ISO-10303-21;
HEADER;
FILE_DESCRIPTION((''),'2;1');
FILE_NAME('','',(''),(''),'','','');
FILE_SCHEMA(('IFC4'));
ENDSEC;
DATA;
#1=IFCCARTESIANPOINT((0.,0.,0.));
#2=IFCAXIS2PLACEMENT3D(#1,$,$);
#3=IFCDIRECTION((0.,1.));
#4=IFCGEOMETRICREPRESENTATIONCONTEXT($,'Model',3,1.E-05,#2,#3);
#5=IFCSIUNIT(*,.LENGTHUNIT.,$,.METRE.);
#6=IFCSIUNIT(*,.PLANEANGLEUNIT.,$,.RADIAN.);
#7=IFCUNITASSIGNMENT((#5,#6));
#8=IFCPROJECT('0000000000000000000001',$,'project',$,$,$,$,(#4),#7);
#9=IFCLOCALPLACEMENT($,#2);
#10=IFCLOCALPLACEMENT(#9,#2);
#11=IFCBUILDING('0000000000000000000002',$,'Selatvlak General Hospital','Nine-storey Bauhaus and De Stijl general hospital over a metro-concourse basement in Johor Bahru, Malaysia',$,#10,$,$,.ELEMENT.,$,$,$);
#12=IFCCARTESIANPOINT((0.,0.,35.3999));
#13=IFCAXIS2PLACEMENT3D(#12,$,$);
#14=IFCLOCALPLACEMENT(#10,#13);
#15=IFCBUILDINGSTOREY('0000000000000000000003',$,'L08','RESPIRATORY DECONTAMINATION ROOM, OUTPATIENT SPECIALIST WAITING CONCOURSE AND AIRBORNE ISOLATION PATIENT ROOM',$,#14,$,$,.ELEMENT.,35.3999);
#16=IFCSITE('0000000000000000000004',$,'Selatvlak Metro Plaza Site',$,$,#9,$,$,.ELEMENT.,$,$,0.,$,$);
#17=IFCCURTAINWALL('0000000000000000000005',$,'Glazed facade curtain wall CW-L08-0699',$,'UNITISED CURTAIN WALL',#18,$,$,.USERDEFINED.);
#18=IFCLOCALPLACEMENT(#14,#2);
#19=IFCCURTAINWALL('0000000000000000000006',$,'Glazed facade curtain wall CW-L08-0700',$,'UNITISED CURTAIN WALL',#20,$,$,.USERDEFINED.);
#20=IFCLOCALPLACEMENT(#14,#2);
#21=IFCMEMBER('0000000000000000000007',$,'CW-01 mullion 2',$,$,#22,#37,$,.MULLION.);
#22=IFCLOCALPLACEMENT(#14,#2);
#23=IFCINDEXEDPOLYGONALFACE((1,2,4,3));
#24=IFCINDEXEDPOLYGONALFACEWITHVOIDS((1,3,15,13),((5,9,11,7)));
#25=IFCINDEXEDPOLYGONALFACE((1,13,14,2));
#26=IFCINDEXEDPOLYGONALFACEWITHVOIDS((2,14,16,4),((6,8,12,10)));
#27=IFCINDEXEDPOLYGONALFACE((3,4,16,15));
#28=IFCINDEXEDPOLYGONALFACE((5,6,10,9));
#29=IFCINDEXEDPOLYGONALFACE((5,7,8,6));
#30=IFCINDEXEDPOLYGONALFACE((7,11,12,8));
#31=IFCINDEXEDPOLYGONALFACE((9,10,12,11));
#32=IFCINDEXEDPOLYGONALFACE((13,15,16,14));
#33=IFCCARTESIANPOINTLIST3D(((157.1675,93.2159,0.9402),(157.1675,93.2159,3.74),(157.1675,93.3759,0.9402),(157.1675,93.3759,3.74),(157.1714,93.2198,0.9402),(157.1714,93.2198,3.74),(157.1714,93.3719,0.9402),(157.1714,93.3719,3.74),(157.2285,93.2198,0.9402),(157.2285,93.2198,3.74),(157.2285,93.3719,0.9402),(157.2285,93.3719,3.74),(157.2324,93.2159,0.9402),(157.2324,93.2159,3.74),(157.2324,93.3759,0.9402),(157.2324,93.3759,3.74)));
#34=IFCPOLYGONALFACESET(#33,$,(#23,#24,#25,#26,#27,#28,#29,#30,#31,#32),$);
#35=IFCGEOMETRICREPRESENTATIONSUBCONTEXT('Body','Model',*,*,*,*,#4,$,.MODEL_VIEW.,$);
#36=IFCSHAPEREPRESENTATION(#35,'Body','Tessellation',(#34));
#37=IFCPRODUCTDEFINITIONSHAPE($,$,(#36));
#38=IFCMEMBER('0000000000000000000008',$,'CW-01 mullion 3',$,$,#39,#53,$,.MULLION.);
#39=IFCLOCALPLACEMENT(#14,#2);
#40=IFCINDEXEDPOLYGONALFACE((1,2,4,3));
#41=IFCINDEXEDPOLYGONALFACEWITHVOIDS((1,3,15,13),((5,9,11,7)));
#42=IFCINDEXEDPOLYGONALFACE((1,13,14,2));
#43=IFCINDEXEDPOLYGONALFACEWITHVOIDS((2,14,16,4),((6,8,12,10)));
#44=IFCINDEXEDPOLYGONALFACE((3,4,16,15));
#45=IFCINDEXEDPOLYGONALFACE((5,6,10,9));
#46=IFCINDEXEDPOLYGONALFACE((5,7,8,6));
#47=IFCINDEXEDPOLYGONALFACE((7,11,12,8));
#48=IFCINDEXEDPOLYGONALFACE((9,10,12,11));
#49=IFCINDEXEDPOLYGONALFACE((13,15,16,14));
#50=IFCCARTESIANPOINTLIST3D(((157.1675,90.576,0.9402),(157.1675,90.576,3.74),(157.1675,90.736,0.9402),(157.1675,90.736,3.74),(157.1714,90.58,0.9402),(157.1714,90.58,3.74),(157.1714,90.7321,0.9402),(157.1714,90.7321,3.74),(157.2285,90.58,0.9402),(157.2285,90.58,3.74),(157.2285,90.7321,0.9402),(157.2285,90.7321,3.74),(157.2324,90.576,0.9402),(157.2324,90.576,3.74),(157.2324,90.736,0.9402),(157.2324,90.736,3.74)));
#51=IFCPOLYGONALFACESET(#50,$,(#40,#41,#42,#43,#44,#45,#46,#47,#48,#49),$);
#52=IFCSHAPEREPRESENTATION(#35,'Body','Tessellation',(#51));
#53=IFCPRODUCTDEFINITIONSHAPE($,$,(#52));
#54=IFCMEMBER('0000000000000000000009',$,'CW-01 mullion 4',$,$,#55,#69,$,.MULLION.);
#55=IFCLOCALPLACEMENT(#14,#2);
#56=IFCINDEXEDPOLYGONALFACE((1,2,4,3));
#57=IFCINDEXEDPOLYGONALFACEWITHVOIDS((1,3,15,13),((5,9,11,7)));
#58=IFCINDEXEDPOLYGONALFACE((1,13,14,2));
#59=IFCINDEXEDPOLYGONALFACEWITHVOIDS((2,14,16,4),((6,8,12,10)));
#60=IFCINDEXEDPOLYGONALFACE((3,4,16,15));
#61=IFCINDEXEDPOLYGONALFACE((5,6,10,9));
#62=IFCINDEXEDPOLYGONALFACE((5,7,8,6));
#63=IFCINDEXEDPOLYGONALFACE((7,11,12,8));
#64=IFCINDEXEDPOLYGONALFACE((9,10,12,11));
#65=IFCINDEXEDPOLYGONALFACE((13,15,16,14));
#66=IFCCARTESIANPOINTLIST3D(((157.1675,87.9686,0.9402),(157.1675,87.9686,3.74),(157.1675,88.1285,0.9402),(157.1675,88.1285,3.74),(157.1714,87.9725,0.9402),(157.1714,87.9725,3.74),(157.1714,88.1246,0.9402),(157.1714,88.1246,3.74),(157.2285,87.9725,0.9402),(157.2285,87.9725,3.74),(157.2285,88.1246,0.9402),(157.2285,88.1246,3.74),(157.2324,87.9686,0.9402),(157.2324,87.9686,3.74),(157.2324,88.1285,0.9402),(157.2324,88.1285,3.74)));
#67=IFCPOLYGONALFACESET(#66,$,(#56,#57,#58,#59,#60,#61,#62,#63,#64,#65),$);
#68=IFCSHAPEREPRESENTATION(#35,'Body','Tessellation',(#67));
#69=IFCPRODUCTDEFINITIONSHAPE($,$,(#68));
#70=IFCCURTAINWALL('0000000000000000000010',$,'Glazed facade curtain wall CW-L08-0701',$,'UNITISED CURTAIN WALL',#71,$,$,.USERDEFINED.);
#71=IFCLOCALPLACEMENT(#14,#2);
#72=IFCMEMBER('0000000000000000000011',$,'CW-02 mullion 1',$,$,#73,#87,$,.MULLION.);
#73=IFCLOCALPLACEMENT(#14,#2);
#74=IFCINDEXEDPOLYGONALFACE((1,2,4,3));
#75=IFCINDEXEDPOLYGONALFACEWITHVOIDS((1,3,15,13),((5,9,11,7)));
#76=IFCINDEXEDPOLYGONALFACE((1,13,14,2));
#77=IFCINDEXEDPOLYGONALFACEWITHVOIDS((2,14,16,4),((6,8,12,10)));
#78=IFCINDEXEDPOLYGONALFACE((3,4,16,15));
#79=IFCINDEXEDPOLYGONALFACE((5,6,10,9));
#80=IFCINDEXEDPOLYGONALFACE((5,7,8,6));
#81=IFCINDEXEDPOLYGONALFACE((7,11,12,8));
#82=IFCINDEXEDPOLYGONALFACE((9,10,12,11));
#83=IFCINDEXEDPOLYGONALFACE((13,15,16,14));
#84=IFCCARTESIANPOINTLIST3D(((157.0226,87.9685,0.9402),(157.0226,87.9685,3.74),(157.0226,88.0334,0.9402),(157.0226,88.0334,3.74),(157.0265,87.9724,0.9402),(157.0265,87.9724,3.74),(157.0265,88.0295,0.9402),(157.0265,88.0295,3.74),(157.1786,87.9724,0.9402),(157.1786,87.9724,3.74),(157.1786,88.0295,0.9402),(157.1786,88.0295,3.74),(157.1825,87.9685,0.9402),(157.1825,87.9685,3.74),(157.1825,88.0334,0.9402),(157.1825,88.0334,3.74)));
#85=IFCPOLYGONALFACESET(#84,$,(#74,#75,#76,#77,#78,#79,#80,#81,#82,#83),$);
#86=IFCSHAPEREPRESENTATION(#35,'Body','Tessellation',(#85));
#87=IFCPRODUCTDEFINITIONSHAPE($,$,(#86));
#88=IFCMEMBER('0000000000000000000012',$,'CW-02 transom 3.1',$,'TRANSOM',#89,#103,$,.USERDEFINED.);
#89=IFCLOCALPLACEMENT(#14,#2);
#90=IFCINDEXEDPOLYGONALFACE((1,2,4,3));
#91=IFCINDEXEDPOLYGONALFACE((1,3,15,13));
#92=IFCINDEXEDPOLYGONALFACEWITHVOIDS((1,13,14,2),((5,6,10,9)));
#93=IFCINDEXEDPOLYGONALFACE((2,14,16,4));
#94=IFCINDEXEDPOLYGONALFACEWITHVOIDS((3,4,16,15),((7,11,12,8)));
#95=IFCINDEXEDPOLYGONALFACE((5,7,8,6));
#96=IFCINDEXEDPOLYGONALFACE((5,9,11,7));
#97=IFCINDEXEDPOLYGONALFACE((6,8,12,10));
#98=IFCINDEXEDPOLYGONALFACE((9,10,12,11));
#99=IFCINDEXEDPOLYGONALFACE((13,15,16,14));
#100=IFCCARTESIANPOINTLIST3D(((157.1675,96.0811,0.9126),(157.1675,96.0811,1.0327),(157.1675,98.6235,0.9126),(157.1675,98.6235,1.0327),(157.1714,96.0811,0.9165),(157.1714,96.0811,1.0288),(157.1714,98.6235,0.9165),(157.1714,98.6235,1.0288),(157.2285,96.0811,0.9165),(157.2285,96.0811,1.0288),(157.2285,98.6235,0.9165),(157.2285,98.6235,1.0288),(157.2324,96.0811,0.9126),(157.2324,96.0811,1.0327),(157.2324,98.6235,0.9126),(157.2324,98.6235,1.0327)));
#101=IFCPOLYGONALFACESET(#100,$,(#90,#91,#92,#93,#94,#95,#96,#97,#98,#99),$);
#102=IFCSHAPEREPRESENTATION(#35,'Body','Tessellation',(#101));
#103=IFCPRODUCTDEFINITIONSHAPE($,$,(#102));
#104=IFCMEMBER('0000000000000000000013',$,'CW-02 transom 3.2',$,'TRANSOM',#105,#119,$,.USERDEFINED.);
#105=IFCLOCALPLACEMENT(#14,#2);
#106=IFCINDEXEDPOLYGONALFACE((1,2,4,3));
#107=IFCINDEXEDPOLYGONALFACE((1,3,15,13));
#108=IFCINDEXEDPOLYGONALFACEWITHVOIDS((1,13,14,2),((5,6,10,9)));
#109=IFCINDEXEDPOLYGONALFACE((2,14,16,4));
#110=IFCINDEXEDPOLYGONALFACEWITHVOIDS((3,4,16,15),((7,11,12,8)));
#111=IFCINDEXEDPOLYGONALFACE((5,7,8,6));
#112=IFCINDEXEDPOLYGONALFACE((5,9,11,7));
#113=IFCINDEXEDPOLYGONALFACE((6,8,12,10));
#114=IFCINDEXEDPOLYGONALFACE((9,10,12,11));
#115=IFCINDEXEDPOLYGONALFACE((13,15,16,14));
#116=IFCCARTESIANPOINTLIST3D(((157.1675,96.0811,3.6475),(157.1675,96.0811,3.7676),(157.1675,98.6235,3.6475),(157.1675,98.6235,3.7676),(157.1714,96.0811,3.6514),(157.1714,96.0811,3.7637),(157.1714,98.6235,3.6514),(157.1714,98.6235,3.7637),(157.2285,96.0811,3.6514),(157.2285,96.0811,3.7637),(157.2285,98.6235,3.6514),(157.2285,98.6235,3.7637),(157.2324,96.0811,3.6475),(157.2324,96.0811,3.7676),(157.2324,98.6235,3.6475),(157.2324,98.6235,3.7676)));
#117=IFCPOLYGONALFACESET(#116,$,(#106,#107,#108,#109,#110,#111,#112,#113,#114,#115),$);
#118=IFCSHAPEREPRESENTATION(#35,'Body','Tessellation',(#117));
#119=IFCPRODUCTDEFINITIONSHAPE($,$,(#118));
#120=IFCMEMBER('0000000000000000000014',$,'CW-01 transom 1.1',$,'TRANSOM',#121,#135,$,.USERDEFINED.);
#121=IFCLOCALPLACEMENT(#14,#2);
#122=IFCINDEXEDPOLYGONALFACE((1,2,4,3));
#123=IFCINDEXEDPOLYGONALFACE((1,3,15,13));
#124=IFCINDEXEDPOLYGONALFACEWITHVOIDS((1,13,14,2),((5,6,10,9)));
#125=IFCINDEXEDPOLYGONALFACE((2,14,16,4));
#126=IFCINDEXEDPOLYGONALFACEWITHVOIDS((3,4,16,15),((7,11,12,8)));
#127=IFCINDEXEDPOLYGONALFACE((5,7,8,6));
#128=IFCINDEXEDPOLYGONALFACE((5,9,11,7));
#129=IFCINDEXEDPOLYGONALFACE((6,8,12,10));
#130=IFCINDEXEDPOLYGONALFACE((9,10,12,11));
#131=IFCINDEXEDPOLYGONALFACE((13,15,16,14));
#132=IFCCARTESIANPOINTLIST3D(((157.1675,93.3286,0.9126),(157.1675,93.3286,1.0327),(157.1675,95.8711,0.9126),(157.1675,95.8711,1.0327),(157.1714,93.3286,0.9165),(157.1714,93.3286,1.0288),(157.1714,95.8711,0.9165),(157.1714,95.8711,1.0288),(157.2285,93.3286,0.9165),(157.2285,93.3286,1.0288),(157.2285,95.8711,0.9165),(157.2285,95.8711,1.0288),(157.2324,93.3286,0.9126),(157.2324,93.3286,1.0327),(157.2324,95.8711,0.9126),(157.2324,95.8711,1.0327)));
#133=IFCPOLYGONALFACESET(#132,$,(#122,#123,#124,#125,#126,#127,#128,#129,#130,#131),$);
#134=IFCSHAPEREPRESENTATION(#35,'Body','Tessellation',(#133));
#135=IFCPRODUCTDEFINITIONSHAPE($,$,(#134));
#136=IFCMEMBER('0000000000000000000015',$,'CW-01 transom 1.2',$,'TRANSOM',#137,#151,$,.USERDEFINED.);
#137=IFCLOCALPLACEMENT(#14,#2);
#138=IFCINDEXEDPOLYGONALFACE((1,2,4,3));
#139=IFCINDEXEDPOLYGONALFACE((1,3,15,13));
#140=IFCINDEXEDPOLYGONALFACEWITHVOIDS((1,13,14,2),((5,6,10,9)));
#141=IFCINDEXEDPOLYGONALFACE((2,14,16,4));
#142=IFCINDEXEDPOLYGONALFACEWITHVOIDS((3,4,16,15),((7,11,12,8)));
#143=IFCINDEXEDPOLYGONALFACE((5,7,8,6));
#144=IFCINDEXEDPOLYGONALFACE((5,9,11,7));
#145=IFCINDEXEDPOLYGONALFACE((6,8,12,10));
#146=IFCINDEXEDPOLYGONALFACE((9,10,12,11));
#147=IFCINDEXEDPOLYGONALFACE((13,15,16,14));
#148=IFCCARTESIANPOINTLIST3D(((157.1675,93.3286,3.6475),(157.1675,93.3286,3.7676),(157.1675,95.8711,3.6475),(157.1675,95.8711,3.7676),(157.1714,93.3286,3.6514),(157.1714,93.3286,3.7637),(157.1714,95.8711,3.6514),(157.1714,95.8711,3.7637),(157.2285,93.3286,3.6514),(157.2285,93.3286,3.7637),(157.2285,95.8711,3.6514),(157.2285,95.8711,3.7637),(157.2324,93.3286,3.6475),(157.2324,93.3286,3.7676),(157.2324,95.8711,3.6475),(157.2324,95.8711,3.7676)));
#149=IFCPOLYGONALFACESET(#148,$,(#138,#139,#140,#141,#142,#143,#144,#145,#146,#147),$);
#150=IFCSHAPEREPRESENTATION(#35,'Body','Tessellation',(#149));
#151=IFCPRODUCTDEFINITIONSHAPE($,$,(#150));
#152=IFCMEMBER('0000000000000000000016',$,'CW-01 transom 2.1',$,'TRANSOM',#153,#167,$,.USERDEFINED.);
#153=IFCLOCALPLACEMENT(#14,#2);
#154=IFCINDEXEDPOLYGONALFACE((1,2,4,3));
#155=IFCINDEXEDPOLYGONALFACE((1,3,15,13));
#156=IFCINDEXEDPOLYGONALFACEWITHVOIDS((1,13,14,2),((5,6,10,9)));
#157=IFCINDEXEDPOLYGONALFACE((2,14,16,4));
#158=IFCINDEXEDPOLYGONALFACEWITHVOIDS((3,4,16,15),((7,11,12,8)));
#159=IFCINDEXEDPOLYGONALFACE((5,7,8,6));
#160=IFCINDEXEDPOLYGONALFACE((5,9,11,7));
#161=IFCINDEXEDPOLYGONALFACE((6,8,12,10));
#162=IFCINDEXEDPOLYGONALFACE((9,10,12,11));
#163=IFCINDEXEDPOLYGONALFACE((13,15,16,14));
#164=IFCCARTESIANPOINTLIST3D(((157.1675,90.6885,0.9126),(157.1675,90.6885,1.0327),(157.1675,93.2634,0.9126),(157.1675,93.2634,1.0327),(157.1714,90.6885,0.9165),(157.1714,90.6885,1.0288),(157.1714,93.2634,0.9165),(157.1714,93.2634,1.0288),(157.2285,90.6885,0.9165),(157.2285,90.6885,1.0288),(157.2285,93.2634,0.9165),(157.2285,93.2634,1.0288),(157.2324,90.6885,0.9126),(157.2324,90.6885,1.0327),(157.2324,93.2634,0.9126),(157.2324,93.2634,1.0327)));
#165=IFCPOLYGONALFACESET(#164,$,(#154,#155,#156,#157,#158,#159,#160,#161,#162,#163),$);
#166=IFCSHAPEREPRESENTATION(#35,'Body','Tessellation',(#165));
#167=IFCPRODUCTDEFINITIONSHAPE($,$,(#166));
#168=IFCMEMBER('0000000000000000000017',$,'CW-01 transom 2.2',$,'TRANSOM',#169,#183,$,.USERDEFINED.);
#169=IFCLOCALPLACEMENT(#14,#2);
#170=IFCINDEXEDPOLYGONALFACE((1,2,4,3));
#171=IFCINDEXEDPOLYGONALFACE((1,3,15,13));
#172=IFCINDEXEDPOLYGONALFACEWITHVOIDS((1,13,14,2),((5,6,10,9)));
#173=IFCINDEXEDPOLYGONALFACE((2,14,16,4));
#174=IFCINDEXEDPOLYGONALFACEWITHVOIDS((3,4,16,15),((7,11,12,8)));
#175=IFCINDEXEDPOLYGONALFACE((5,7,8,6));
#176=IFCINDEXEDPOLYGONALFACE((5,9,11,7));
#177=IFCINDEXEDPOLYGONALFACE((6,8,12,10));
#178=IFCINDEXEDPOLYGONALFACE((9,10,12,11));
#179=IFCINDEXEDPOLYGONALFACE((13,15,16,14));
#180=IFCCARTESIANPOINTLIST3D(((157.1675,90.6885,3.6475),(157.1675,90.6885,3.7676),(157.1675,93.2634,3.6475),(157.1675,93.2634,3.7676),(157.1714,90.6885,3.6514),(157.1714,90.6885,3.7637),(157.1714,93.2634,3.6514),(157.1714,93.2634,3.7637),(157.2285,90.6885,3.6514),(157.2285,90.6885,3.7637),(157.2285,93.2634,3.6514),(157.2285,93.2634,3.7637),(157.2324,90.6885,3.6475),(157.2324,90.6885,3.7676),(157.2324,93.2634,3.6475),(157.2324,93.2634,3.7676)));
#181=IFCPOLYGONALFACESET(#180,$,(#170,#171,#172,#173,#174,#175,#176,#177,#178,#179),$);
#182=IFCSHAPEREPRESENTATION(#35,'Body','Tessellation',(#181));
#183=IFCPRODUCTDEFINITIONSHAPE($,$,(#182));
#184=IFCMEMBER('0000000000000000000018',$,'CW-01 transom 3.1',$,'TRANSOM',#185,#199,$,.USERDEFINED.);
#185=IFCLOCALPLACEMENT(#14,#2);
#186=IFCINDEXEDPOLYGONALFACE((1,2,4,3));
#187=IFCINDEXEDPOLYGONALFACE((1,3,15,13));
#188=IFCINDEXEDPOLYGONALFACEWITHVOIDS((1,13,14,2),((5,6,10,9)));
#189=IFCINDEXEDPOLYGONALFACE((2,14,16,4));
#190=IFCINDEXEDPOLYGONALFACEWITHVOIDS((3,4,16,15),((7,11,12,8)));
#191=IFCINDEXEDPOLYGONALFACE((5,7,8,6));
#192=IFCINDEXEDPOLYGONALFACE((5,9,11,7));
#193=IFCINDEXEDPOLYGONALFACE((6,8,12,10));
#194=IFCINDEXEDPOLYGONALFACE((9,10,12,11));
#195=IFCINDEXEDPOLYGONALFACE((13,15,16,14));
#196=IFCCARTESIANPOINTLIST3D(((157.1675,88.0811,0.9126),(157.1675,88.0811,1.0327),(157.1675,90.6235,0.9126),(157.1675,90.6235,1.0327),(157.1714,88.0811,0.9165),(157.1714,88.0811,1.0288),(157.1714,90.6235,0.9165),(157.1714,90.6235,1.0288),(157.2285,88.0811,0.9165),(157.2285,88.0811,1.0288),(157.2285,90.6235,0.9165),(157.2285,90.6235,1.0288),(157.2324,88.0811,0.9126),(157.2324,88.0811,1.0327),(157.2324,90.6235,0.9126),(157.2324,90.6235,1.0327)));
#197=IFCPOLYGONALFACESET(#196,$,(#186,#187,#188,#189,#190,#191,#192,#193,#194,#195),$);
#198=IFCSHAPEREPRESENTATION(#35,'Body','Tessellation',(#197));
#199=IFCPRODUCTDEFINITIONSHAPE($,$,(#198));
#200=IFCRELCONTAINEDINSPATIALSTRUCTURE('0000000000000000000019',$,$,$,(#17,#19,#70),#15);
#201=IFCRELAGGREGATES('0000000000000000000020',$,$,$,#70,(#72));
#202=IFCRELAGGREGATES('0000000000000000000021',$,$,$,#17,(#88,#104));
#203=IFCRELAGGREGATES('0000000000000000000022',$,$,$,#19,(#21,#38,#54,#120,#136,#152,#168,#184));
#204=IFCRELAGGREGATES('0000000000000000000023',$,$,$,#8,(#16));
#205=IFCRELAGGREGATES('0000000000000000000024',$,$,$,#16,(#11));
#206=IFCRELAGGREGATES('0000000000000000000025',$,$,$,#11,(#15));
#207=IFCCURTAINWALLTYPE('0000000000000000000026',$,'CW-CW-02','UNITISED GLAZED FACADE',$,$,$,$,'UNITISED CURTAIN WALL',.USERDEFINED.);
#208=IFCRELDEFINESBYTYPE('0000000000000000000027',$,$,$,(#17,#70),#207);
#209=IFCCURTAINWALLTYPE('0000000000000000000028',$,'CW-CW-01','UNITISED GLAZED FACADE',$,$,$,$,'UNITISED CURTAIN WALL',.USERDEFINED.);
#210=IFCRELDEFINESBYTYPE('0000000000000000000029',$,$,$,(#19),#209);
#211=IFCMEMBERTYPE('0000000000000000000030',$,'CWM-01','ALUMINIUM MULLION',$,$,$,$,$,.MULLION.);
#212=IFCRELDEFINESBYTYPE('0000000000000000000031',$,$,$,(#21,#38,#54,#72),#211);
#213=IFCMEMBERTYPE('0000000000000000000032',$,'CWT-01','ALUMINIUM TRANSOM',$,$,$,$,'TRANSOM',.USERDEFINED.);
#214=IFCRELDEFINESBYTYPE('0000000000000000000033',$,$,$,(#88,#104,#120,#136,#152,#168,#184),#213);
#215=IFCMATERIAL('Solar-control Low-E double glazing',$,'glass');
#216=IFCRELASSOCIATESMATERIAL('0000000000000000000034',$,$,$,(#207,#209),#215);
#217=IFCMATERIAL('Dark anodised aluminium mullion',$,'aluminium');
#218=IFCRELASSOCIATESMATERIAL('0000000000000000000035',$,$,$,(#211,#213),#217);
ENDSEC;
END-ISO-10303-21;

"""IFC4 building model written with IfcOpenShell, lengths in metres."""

from ifc_helpers import new_model, si_unit, direction, frame, origin, origin_2d, place, context, subcontext, project, spatial, hollow_rectangle, extrude, material, material_profile, profile_set, type_object, element, aggregate, save


model = new_model("IFC4")

# Units and contexts
model_context = context("Model", 3, precision=1e-05, world=origin(), true_north=direction((0.0, 1.0)))
body_context = subcontext(model_context, "Body", "Model", "MODEL_VIEW")
ifc_project = project(units=[si_unit("LENGTHUNIT", "METRE"), si_unit("PLANEANGLEUNIT", "RADIAN")], contexts=[model_context])

# Site, building, storey
site_placement = place(None, origin())
site = spatial("IfcSite", under=ifc_project, at=site_placement, Name="Selatvlak Metro Plaza Site", CompositionType="ELEMENT", RefElevation=0.0)
building_placement = place(site_placement, origin())
building = spatial("IfcBuilding", under=site, at=building_placement, Name="Selatvlak General Hospital", Description="Nine-storey Bauhaus and De Stijl general hospital over a metro-concourse basement in Johor Bahru, Malaysia", CompositionType="ELEMENT")
storey_placement = place(building_placement, frame((0.0, 0.0, 35.3999)))
storey = spatial("IfcBuildingStorey", under=building, at=storey_placement, Name="L08", Description="RESPIRATORY DECONTAMINATION ROOM, OUTPATIENT SPECIALIST WAITING CONCOURSE AND AIRBORNE ISOLATION PATIENT ROOM", CompositionType="ELEMENT", Elevation=35.3999)

# Curtain walls, members
ifc_material_1 = material(Name="Solar-control Low-E double glazing", Category="glass")
curtain_wall_type_1 = type_object("IfcCurtainWallType", Name="CW-CW-02", Description="UNITISED GLAZED FACADE", ElementType="UNITISED CURTAIN WALL", PredefinedType="USERDEFINED", material=ifc_material_1)
curtain_wall_1_placement = place(storey_placement, origin())
curtain_wall_1 = element("IfcCurtainWall", 1, at=curtain_wall_1_placement, inside=storey, type_object=curtain_wall_type_1, Name="Glazed facade curtain wall CW-L08-0699", ObjectType="UNITISED CURTAIN WALL", PredefinedType="USERDEFINED")
ifc_material_2 = material(Name="Dark anodised aluminium mullion", Category="aluminium")
ifc_material_profile_1 = material_profile(ifc_material_2, hollow_rectangle(XDim=0.0649, YDim=0.1599, WallThickness=0.0039, at=origin_2d()), Name="AL-MUL 65x160x4")
ifc_profile_set_1 = profile_set([ifc_material_profile_1], Name="Dark anodised aluminium mullion")
member_type_1 = type_object("IfcMemberType", Name="CWM-01", Description="ALUMINIUM MULLION", PredefinedType="MULLION", material=ifc_profile_set_1)
curtain_wall_type_2 = type_object("IfcCurtainWallType", Name="CW-CW-01", Description="UNITISED GLAZED FACADE", ElementType="UNITISED CURTAIN WALL", PredefinedType="USERDEFINED", material=ifc_material_1)
curtain_wall_2_placement = place(storey_placement, origin())
curtain_wall_2 = element("IfcCurtainWall", 2, at=curtain_wall_2_placement, inside=storey, type_object=curtain_wall_type_2, Name="Glazed facade curtain wall CW-L08-0700", ObjectType="UNITISED CURTAIN WALL", PredefinedType="USERDEFINED")
member_1_placement = place(storey_placement, frame((157.2, 93.2959, 0.9402), z_axis=(0.0, 0.0, 1.0), x_axis=(1.0, 0.0, 0.0)))
member_1 = element("IfcMember", 3, at=member_1_placement, type_object=member_type_1, Name="CW-01 mullion 2", PredefinedType="MULLION", context=body_context, shape_type="SweptSolid", body=[
    extrude(hollow_rectangle(XDim=0.0649, YDim=0.1599, WallThickness=0.0039, at=origin_2d()), origin(), (0.0, 0.0, 1.0), 2.7998),
])
member_2_placement = place(storey_placement, frame((157.2, 90.656, 0.9402), z_axis=(0.0, 0.0, 1.0), x_axis=(1.0, 0.0, 0.0)))
member_2 = element("IfcMember", 4, at=member_2_placement, type_object=member_type_1, Name="CW-01 mullion 3", PredefinedType="MULLION", context=body_context, shape_type="SweptSolid", body=[
    extrude(hollow_rectangle(XDim=0.0649, YDim=0.1599, WallThickness=0.0039, at=origin_2d()), origin(), (0.0, 0.0, 1.0), 2.7998),
])
member_3_placement = place(storey_placement, frame((157.2, 88.0486, 0.9402), z_axis=(0.0, 0.0, 1.0), x_axis=(1.0, 0.0, 0.0)))
member_3 = element("IfcMember", 5, at=member_3_placement, type_object=member_type_1, Name="CW-01 mullion 4", PredefinedType="MULLION", context=body_context, shape_type="SweptSolid", body=[
    extrude(hollow_rectangle(XDim=0.0649, YDim=0.1599, WallThickness=0.0039, at=origin_2d()), origin(), (0.0, 0.0, 1.0), 2.7998),
])

# Curtain wall, member
curtain_wall_3_placement = place(storey_placement, origin())
curtain_wall_3 = element("IfcCurtainWall", 6, at=curtain_wall_3_placement, inside=storey, type_object=curtain_wall_type_1, Name="Glazed facade curtain wall CW-L08-0701", ObjectType="UNITISED CURTAIN WALL", PredefinedType="USERDEFINED")
member_4_placement = place(storey_placement, frame((157.1025, 88.001, 0.9402), z_axis=(0.0, 0.0, 1.0), x_axis=(0.0, -1.0, 0.0)))
member_4 = element("IfcMember", 7, at=member_4_placement, type_object=member_type_1, Name="CW-02 mullion 1", PredefinedType="MULLION", context=body_context, shape_type="SweptSolid", body=[
    extrude(hollow_rectangle(XDim=0.0649, YDim=0.1599, WallThickness=0.0039, at=origin_2d()), origin(), (0.0, 0.0, 1.0), 2.7998),
])

# Members
ifc_material_profile_2 = material_profile(ifc_material_2, hollow_rectangle(XDim=0.0649, YDim=0.1201, WallThickness=0.0039, at=origin_2d()), Name="AL-TRN 65x120x4")
ifc_profile_set_2 = profile_set([ifc_material_profile_2], Name="Dark anodised aluminium mullion")
member_type_2 = type_object("IfcMemberType", Name="CWT-01", Description="ALUMINIUM TRANSOM", ElementType="TRANSOM", PredefinedType="USERDEFINED", material=ifc_profile_set_2)
member_5_placement = place(storey_placement, frame((157.2, 98.6235, 0.9727), z_axis=(0.0, -1.0, 0.0), x_axis=(1.0, 0.0, 0.0)))
member_5 = element("IfcMember", 8, at=member_5_placement, type_object=member_type_2, Name="CW-02 transom 3.1", ObjectType="TRANSOM", PredefinedType="USERDEFINED", context=body_context, shape_type="SweptSolid", body=[
    extrude(hollow_rectangle(XDim=0.0649, YDim=0.1201, WallThickness=0.0039, at=origin_2d()), origin(), (0.0, 0.0, 1.0), 2.5425),
])
member_6_placement = place(storey_placement, frame((157.2, 98.6235, 3.7075), z_axis=(0.0, -1.0, 0.0), x_axis=(1.0, 0.0, 0.0)))
member_6 = element("IfcMember", 9, at=member_6_placement, type_object=member_type_2, Name="CW-02 transom 3.2", ObjectType="TRANSOM", PredefinedType="USERDEFINED", context=body_context, shape_type="SweptSolid", body=[
    extrude(hollow_rectangle(XDim=0.0649, YDim=0.1201, WallThickness=0.0039, at=origin_2d()), origin(), (0.0, 0.0, 1.0), 2.5425),
])
member_7_placement = place(storey_placement, frame((157.2, 95.8711, 0.9727), z_axis=(0.0, -1.0, 0.0), x_axis=(1.0, 0.0, 0.0)))
member_7 = element("IfcMember", 10, at=member_7_placement, type_object=member_type_2, Name="CW-01 transom 1.1", ObjectType="TRANSOM", PredefinedType="USERDEFINED", context=body_context, shape_type="SweptSolid", body=[
    extrude(hollow_rectangle(XDim=0.0649, YDim=0.1201, WallThickness=0.0039, at=origin_2d()), origin(), (0.0, 0.0, 1.0), 2.5425),
])
member_8_placement = place(storey_placement, frame((157.2, 95.8711, 3.7075), z_axis=(0.0, -1.0, 0.0), x_axis=(1.0, 0.0, 0.0)))
member_8 = element("IfcMember", 11, at=member_8_placement, type_object=member_type_2, Name="CW-01 transom 1.2", ObjectType="TRANSOM", PredefinedType="USERDEFINED", context=body_context, shape_type="SweptSolid", body=[
    extrude(hollow_rectangle(XDim=0.0649, YDim=0.1201, WallThickness=0.0039, at=origin_2d()), origin(), (0.0, 0.0, 1.0), 2.5425),
])
member_9_placement = place(storey_placement, frame((157.2, 93.2634, 0.9727), z_axis=(0.0, -1.0, 0.0), x_axis=(1.0, 0.0, 0.0)))
member_9 = element("IfcMember", 12, at=member_9_placement, type_object=member_type_2, Name="CW-01 transom 2.1", ObjectType="TRANSOM", PredefinedType="USERDEFINED", context=body_context, shape_type="SweptSolid", body=[
    extrude(hollow_rectangle(XDim=0.0649, YDim=0.1201, WallThickness=0.0039, at=origin_2d()), origin(), (0.0, 0.0, 1.0), 2.575),
])
member_10_placement = place(storey_placement, frame((157.2, 93.2634, 3.7075), z_axis=(0.0, -1.0, 0.0), x_axis=(1.0, 0.0, 0.0)))
member_10 = element("IfcMember", 13, at=member_10_placement, type_object=member_type_2, Name="CW-01 transom 2.2", ObjectType="TRANSOM", PredefinedType="USERDEFINED", context=body_context, shape_type="SweptSolid", body=[
    extrude(hollow_rectangle(XDim=0.0649, YDim=0.1201, WallThickness=0.0039, at=origin_2d()), origin(), (0.0, 0.0, 1.0), 2.575),
])
member_11_placement = place(storey_placement, frame((157.2, 90.6235, 0.9727), z_axis=(0.0, -1.0, 0.0), x_axis=(1.0, 0.0, 0.0)))
member_11 = element("IfcMember", 14, at=member_11_placement, type_object=member_type_2, Name="CW-01 transom 3.1", ObjectType="TRANSOM", PredefinedType="USERDEFINED", context=body_context, shape_type="SweptSolid", body=[
    extrude(hollow_rectangle(XDim=0.0649, YDim=0.1201, WallThickness=0.0039, at=origin_2d()), origin(), (0.0, 0.0, 1.0), 2.5425),
])
aggregate(curtain_wall_3, [member_4])

aggregate(curtain_wall_1, [member_5, member_6])
aggregate(curtain_wall_2, [member_1, member_2, member_3, member_7, member_8, member_9, member_10, member_11])

save(model, "model.ifc")
